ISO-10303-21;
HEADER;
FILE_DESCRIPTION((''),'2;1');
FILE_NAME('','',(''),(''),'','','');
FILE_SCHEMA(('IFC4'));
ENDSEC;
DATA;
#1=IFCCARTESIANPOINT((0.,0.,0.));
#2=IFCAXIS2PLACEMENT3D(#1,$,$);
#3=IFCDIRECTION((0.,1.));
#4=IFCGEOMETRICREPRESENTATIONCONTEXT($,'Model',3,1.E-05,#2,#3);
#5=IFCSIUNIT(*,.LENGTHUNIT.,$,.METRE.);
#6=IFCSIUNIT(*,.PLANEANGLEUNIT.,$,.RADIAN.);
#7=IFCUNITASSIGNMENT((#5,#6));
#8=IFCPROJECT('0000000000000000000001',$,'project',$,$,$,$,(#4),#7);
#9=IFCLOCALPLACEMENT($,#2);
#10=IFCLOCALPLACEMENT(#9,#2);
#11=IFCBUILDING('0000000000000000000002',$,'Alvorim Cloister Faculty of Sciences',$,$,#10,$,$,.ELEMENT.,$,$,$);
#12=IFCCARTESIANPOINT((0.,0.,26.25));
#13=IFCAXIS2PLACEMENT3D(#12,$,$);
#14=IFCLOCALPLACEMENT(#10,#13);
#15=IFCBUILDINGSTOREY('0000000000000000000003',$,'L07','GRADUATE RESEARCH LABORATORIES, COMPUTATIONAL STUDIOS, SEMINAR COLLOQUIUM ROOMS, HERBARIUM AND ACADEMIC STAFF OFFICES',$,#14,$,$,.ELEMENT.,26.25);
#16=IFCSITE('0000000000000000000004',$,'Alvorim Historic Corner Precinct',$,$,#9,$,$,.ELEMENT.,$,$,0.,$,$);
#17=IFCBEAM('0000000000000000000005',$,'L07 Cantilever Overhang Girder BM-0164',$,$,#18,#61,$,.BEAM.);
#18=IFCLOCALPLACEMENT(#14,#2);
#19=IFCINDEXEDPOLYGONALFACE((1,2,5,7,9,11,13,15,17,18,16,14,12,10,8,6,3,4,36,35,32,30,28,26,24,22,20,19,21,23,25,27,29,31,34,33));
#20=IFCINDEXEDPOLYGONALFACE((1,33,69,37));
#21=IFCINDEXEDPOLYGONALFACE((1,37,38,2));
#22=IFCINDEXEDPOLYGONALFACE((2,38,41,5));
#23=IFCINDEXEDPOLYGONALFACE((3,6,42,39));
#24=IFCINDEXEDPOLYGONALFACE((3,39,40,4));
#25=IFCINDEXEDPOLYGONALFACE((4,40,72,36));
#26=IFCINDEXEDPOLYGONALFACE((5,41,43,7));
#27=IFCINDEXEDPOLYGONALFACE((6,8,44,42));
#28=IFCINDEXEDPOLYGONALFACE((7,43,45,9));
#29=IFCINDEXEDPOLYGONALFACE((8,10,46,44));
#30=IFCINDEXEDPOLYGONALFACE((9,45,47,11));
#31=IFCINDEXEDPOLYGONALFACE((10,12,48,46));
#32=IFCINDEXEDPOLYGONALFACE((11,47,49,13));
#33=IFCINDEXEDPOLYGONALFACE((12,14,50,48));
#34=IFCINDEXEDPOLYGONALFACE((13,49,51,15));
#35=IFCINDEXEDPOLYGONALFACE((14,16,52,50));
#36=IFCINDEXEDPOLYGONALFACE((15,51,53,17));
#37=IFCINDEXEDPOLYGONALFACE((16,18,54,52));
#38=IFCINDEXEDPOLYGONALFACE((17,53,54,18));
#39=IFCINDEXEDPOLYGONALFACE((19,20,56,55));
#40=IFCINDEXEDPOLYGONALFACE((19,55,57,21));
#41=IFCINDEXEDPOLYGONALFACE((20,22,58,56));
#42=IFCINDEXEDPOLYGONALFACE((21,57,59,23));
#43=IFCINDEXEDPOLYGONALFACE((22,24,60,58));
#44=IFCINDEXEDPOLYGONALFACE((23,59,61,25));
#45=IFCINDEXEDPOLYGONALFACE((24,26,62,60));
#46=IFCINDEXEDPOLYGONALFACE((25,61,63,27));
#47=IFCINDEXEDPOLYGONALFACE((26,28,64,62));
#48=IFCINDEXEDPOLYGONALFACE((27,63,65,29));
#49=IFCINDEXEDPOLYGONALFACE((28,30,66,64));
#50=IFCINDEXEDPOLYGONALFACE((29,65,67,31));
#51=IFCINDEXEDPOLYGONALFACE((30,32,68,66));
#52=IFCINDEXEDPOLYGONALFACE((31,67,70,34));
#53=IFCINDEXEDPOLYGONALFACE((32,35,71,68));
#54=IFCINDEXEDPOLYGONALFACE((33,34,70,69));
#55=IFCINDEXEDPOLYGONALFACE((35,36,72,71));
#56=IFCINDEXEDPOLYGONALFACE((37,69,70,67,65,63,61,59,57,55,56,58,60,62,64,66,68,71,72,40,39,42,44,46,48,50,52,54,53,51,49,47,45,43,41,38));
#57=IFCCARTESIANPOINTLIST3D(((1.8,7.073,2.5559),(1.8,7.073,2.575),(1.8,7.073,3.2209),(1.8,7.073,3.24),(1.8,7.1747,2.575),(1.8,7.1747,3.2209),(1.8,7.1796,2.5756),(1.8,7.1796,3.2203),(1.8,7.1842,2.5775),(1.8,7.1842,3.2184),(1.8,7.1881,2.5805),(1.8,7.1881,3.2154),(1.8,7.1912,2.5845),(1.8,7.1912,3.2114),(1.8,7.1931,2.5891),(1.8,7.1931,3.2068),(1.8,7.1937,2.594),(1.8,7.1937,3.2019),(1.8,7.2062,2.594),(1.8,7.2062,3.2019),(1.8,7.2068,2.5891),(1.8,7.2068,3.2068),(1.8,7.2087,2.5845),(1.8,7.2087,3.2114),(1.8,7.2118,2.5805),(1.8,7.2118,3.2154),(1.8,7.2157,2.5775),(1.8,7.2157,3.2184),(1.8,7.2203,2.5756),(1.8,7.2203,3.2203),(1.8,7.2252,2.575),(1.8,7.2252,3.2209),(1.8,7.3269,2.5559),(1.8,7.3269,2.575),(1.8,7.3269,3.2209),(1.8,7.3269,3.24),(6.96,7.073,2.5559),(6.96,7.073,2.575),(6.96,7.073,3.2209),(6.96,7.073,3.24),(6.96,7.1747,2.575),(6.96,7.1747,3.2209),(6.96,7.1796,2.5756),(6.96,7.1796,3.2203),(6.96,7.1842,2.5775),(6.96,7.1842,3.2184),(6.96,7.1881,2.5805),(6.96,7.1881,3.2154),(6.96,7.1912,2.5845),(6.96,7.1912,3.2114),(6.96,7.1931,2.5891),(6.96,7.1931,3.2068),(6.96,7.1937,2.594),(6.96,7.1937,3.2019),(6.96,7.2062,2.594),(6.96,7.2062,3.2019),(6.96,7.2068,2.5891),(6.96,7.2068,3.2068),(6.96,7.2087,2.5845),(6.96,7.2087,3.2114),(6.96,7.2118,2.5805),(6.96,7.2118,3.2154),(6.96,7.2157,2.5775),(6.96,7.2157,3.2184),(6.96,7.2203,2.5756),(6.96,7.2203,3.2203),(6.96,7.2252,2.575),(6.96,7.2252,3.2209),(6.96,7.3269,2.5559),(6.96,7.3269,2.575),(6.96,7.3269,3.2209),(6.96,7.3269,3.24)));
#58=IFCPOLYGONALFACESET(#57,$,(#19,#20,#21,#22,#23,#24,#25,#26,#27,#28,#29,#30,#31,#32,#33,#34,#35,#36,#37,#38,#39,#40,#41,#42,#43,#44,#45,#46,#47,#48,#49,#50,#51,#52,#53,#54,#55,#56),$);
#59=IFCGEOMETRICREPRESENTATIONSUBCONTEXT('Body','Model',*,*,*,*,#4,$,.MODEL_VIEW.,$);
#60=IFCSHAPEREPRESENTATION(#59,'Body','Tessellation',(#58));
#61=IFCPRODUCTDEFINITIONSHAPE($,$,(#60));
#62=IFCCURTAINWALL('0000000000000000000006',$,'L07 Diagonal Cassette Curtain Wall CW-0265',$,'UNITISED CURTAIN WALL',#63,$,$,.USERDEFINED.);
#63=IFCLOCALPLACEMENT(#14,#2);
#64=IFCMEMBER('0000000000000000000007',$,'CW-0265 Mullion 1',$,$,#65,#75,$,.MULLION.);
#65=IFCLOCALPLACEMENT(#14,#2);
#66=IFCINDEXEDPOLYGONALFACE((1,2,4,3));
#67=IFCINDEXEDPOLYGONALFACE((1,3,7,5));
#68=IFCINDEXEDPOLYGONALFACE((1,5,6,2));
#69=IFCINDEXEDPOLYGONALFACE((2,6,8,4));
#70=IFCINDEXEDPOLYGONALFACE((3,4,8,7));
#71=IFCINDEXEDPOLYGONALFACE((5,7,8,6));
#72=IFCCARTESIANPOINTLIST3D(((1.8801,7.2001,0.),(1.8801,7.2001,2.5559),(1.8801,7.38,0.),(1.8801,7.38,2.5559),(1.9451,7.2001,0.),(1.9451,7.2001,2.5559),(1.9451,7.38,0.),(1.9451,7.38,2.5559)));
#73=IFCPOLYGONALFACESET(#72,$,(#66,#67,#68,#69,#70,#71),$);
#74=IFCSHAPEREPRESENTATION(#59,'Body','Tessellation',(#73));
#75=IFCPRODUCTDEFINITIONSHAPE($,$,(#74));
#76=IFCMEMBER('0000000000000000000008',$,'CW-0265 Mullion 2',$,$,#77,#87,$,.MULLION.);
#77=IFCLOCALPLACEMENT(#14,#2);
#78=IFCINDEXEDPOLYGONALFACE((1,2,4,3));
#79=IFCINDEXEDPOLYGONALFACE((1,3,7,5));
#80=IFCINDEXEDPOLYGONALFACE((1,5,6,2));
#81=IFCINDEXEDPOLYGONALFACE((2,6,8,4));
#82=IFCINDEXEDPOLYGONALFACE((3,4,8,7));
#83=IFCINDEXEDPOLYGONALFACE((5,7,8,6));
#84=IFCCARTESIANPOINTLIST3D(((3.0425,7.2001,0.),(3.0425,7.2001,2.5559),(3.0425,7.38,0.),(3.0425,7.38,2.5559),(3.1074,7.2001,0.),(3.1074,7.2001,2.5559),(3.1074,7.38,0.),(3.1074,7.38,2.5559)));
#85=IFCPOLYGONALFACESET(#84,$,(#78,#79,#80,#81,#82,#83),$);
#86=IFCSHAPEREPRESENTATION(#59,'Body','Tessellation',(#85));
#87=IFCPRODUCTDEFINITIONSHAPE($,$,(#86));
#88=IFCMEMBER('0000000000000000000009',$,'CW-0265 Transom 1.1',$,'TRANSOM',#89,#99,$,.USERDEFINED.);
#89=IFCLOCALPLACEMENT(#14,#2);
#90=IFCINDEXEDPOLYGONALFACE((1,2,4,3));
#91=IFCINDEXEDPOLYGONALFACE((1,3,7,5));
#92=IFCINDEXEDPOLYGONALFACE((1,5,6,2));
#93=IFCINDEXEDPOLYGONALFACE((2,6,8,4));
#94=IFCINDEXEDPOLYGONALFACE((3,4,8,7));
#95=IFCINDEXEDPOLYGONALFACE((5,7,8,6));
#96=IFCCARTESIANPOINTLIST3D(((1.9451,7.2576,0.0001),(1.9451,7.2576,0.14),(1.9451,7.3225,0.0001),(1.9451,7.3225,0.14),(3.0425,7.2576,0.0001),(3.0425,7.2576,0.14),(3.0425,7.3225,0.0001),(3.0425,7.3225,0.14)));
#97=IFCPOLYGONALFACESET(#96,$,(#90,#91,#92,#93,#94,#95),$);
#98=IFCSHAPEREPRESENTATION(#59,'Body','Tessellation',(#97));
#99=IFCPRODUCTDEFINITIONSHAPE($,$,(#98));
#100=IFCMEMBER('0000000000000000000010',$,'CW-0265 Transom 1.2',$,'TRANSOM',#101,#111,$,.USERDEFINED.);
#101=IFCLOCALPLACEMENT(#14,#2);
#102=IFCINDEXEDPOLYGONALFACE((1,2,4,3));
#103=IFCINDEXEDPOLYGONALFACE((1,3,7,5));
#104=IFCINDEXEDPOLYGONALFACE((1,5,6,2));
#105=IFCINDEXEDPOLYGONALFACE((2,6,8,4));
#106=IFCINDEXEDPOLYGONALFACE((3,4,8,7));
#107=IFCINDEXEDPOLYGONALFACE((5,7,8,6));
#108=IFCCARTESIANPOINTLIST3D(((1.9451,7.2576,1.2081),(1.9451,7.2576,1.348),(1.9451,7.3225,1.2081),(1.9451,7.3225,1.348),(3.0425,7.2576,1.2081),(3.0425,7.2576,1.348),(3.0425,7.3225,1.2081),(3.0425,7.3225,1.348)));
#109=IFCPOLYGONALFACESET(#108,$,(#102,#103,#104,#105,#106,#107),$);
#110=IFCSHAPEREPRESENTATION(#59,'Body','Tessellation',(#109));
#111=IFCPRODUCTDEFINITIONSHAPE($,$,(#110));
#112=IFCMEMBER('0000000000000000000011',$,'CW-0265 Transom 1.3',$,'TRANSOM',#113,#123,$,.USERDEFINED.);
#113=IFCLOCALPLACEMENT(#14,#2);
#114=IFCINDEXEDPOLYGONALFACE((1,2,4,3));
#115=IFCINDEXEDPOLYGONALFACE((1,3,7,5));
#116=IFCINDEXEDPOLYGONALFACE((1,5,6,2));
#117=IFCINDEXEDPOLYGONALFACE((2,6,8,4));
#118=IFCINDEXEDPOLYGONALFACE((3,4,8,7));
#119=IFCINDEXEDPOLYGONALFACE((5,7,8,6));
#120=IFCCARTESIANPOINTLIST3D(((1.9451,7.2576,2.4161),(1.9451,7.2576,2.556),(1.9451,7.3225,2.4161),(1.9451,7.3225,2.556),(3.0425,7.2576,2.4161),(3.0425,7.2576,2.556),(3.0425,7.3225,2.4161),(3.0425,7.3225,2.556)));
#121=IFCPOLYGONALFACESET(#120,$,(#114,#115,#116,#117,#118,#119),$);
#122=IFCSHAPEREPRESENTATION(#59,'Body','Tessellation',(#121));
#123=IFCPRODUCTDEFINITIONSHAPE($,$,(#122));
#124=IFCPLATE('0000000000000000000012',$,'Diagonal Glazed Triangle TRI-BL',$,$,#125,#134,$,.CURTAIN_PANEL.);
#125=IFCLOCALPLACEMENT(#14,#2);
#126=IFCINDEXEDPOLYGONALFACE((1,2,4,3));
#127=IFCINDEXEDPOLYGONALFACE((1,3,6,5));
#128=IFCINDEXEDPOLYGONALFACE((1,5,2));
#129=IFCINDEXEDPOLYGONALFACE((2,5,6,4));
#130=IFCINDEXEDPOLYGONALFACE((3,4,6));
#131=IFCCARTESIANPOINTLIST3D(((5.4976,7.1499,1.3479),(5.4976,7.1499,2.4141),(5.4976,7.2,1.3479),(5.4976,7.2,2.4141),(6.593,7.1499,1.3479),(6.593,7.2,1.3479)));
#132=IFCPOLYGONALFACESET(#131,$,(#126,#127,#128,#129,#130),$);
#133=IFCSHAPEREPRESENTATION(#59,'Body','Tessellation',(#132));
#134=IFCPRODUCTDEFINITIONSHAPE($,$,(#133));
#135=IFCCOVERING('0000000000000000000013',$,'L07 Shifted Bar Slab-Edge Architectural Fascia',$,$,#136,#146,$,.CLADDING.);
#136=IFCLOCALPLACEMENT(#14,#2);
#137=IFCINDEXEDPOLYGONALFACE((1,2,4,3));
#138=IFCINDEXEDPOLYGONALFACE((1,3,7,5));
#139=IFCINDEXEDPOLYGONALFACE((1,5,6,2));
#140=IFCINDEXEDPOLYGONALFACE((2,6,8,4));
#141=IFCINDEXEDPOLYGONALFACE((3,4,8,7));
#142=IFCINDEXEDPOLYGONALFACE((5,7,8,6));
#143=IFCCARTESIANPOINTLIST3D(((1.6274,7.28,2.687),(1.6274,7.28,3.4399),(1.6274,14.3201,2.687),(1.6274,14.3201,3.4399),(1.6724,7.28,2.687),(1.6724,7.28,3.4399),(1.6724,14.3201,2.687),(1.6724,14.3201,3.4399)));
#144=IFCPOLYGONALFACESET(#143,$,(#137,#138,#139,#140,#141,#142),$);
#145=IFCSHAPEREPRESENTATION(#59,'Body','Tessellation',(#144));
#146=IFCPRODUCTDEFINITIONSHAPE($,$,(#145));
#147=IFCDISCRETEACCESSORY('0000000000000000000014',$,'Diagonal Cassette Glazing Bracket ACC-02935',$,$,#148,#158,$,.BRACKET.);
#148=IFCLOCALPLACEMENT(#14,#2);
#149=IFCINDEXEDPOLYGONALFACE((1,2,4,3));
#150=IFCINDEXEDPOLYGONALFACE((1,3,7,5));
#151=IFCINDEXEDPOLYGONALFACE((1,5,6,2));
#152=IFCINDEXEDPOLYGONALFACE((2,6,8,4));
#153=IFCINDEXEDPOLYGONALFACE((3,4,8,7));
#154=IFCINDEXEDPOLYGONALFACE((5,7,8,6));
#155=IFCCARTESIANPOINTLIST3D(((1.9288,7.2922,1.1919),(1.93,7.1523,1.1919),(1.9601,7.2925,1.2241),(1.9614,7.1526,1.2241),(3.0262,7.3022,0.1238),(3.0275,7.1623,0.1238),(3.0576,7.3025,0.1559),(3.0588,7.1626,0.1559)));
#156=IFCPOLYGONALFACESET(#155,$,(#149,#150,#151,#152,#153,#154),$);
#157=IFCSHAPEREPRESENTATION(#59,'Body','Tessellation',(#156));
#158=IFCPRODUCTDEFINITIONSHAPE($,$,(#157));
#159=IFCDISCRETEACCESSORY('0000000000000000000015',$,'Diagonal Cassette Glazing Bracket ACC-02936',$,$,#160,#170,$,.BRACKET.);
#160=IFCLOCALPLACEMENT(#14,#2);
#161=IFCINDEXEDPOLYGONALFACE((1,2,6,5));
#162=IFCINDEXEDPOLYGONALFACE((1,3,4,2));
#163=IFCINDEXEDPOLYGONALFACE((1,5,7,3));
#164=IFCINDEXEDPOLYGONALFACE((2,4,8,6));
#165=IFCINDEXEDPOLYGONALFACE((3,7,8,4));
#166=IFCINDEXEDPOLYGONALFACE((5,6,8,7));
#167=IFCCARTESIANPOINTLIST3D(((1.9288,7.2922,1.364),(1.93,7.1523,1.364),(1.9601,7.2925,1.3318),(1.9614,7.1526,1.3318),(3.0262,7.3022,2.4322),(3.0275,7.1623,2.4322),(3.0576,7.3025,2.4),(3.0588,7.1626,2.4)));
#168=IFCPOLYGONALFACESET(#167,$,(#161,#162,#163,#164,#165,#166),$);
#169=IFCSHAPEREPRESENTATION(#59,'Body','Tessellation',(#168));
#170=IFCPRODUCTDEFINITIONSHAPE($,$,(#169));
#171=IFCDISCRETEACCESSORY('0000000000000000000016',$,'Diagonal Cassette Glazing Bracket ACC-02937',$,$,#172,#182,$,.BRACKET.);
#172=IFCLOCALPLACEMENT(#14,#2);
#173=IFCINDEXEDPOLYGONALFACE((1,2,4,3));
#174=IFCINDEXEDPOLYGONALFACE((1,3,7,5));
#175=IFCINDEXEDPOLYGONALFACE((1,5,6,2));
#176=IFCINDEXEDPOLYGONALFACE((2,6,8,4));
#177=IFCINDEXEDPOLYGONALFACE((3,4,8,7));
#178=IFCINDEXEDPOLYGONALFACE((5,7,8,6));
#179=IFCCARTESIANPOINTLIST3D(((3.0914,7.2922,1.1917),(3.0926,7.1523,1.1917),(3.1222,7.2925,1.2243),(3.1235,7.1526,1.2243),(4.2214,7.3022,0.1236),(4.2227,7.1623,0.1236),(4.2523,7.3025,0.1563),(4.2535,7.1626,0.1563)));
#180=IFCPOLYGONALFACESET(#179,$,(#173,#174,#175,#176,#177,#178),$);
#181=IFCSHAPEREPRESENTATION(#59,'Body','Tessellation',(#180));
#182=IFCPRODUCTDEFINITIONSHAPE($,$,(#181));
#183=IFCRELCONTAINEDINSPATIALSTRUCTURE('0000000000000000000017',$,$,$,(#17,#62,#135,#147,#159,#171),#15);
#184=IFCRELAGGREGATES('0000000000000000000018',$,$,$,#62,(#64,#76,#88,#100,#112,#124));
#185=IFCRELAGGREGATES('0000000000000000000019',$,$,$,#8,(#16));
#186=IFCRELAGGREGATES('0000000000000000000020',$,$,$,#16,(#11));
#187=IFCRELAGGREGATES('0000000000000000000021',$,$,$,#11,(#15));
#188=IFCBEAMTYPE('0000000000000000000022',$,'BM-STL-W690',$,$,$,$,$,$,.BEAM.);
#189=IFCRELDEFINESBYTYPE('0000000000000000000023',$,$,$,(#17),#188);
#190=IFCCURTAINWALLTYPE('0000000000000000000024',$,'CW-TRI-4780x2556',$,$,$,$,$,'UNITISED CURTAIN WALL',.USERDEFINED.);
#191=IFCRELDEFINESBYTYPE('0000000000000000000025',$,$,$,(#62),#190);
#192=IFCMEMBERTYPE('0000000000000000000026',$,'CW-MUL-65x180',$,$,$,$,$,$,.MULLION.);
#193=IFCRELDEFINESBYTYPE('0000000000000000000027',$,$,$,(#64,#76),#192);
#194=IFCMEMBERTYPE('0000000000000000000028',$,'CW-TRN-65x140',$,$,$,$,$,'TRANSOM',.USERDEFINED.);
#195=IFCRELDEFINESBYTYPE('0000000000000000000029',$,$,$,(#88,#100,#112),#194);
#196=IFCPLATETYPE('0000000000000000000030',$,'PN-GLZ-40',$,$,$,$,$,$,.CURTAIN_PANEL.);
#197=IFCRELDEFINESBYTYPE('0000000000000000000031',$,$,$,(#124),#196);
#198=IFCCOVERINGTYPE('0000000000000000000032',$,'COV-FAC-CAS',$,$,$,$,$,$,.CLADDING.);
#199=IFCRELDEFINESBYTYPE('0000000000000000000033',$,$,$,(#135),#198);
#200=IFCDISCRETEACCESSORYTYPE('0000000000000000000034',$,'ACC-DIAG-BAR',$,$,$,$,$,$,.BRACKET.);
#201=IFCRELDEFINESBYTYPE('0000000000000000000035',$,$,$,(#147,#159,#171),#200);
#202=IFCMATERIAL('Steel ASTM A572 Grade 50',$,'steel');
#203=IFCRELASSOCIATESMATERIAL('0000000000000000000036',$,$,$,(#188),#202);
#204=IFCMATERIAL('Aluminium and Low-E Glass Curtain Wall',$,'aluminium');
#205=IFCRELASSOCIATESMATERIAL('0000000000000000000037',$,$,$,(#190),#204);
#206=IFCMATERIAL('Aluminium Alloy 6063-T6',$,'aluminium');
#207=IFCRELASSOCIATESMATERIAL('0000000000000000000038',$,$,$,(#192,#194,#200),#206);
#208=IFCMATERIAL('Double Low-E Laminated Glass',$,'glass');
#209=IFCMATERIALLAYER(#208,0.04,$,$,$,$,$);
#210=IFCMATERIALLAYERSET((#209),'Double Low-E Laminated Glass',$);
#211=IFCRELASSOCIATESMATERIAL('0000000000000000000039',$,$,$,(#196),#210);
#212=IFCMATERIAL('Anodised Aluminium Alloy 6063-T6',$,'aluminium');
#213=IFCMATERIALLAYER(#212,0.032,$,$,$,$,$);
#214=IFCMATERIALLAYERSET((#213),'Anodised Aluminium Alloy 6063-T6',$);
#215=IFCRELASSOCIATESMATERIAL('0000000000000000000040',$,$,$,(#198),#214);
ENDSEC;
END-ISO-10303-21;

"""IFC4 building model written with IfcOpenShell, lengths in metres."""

from ifc_helpers import new_model, si_unit, direction, frame, origin, origin_2d, place, context, subcontext, project, spatial, polyline, rectangle, i_section, outline, extrude, material, layer, layer_set, material_profile, profile_set, type_object, element, aggregate, save


model = new_model("IFC4")

# Units and contexts
model_context = context("Model", 3, precision=1e-05, world=origin(), true_north=direction((0.0, 1.0)))
body_context = subcontext(model_context, "Body", "Model", "MODEL_VIEW")
ifc_project = project(units=[si_unit("LENGTHUNIT", "METRE"), si_unit("PLANEANGLEUNIT", "RADIAN")], contexts=[model_context])

# Site, building, storey
site_placement = place(None, origin())
site = spatial("IfcSite", under=ifc_project, at=site_placement, Name="Alvorim Historic Corner Precinct", CompositionType="ELEMENT", RefElevation=0.0)
building_placement = place(site_placement, origin())
building = spatial("IfcBuilding", under=site, at=building_placement, Name="Alvorim Cloister Faculty of Sciences", CompositionType="ELEMENT")
storey_placement = place(building_placement, frame((0.0, 0.0, 26.25)))
storey = spatial("IfcBuildingStorey", under=building, at=storey_placement, Name="L07", Description="GRADUATE RESEARCH LABORATORIES, COMPUTATIONAL STUDIOS, SEMINAR COLLOQUIUM ROOMS, HERBARIUM AND ACADEMIC STAFF OFFICES", CompositionType="ELEMENT", Elevation=26.25)

# Beam
ifc_material_1 = material(Name="Steel ASTM A572 Grade 50", Category="steel")
ifc_material_profile_1 = material_profile(ifc_material_1, i_section(OverallWidth=0.2539, OverallDepth=0.6841, WebThickness=0.0125, FlangeThickness=0.019, FilletRadius=0.019, at=origin_2d()), Name="W690x140.0")
ifc_profile_set_1 = profile_set([ifc_material_profile_1], Name="Steel ASTM A572 Grade 50")
beam_type = type_object("IfcBeamType", Name="BM-STL-W690", PredefinedType="BEAM", material=ifc_profile_set_1)
beam_placement = place(storey_placement, frame((1.8, 7.2, 2.8979), z_axis=(1.0, 0.0, 0.0), x_axis=(0.0, 1.0, 0.0)))
element("IfcBeam", 1, at=beam_placement, inside=storey, type_object=beam_type, Name="L07 Cantilever Overhang Girder BM-0164", PredefinedType="BEAM", context=body_context, shape_type="SweptSolid", body=[
    extrude(i_section(OverallWidth=0.2539, OverallDepth=0.6841, WebThickness=0.0125, FlangeThickness=0.019, FilletRadius=0.019, at=origin_2d()), origin(), (0.0, 0.0, 1.0), 5.1599),
])

# Curtain wall, members, plate
ifc_material_2 = material(Name="Aluminium and Low-E Glass Curtain Wall", Category="aluminium")
curtain_wall_type = type_object("IfcCurtainWallType", Name="CW-TRI-4780x2556", ElementType="UNITISED CURTAIN WALL", PredefinedType="USERDEFINED", material=ifc_material_2)
curtain_wall_placement = place(storey_placement, origin())
curtain_wall = element("IfcCurtainWall", 2, at=curtain_wall_placement, inside=storey, type_object=curtain_wall_type, Name="L07 Diagonal Cassette Curtain Wall CW-0265", ObjectType="UNITISED CURTAIN WALL", PredefinedType="USERDEFINED")
ifc_material_3 = material(Name="Aluminium Alloy 6063-T6", Category="aluminium")
ifc_material_profile_2 = material_profile(ifc_material_3, rectangle(XDim=0.0649, YDim=0.1799, at=origin_2d()), Name="ALU-MUL-65x180")
ifc_profile_set_2 = profile_set([ifc_material_profile_2], Name="Aluminium Alloy 6063-T6")
member_type_1 = type_object("IfcMemberType", Name="CW-MUL-65x180", PredefinedType="MULLION", material=ifc_profile_set_2)
member_1_placement = place(storey_placement, frame((1.9126, 7.29, 0.0), z_axis=(0.0, 0.0, 1.0), x_axis=(1.0, 0.0, 0.0)))
member_1 = element("IfcMember", 3, at=member_1_placement, type_object=member_type_1, Name="CW-0265 Mullion 1", PredefinedType="MULLION", context=body_context, shape_type="SweptSolid", body=[
    extrude(rectangle(XDim=0.0649, YDim=0.1799, at=origin_2d()), origin(), (0.0, 0.0, 1.0), 2.5559),
])
member_2_placement = place(storey_placement, frame((3.075, 7.29, 0.0), z_axis=(0.0, 0.0, 1.0), x_axis=(1.0, 0.0, 0.0)))
member_2 = element("IfcMember", 4, at=member_2_placement, type_object=member_type_1, Name="CW-0265 Mullion 2", PredefinedType="MULLION", context=body_context, shape_type="SweptSolid", body=[
    extrude(rectangle(XDim=0.0649, YDim=0.1799, at=origin_2d()), origin(), (0.0, 0.0, 1.0), 2.5559),
])
ifc_material_profile_3 = material_profile(ifc_material_3, rectangle(XDim=0.0649, YDim=0.1399, at=origin_2d()), Name="ALU-TRN-65x140")
ifc_profile_set_3 = profile_set([ifc_material_profile_3], Name="Aluminium Alloy 6063-T6")
member_type_2 = type_object("IfcMemberType", Name="CW-TRN-65x140", ElementType="TRANSOM", PredefinedType="USERDEFINED", material=ifc_profile_set_3)
member_3_placement = place(storey_placement, frame((1.9451, 7.29, 0.0701), z_axis=(1.0, 0.0, 0.0), x_axis=(0.0, 1.0, 0.0)))
member_3 = element("IfcMember", 5, at=member_3_placement, type_object=member_type_2, Name="CW-0265 Transom 1.1", ObjectType="TRANSOM", PredefinedType="USERDEFINED", context=body_context, shape_type="SweptSolid", body=[
    extrude(rectangle(XDim=0.0649, YDim=0.1399, at=origin_2d()), origin(), (0.0, 0.0, 1.0), 1.0974),
])
member_4_placement = place(storey_placement, frame((1.9451, 7.29, 1.2781), z_axis=(1.0, 0.0, 0.0), x_axis=(0.0, 1.0, 0.0)))
member_4 = element("IfcMember", 6, at=member_4_placement, type_object=member_type_2, Name="CW-0265 Transom 1.2", ObjectType="TRANSOM", PredefinedType="USERDEFINED", context=body_context, shape_type="SweptSolid", body=[
    extrude(rectangle(XDim=0.0649, YDim=0.1399, at=origin_2d()), origin(), (0.0, 0.0, 1.0), 1.0974),
])
member_5_placement = place(storey_placement, frame((1.9451, 7.29, 2.4861), z_axis=(1.0, 0.0, 0.0), x_axis=(0.0, 1.0, 0.0)))
member_5 = element("IfcMember", 7, at=member_5_placement, type_object=member_type_2, Name="CW-0265 Transom 1.3", ObjectType="TRANSOM", PredefinedType="USERDEFINED", context=body_context, shape_type="SweptSolid", body=[
    extrude(rectangle(XDim=0.0649, YDim=0.1399, at=origin_2d()), origin(), (0.0, 0.0, 1.0), 1.0974),
])
ifc_material_4 = material(Name="Double Low-E Laminated Glass", Category="glass")
ifc_layer_1 = layer(ifc_material_4, 0.04)
ifc_layer_set_1 = layer_set([ifc_layer_1], Name="Double Low-E Laminated Glass")
plate_type = type_object("IfcPlateType", Name="PN-GLZ-40", PredefinedType="CURTAIN_PANEL", material=ifc_layer_set_1)
plate_1_placement = place(storey_placement, frame((5.4976, 7.175, 1.3479), z_axis=(0.0, 0.0, 1.0), x_axis=(1.0, 0.0, 0.0)))
plate_1 = element("IfcPlate", 8, at=plate_1_placement, type_object=plate_type, Name="Diagonal Glazed Triangle TRI-BL", PredefinedType="CURTAIN_PANEL", context=body_context, shape_type="SweptSolid", body=[
    extrude(outline(polyline([(0.0, 0.0), (1.0955, 0.0), (0.0, 1.0662), (0.0, 0.0)])), frame((0.0, 0.0249, 0.0), z_axis=(0.0, -1.0, 0.0), x_axis=(1.0, 0.0, 0.0)), (0.0, 0.0, 1.0), 0.05),
])
aggregate(curtain_wall, [member_1, member_2, member_3, member_4, member_5, plate_1])

# Covering
ifc_material_5 = material(Name="Anodised Aluminium Alloy 6063-T6", Category="aluminium")
ifc_layer_2 = layer(ifc_material_5, 0.032)
ifc_layer_set_2 = layer_set([ifc_layer_2], Name="Anodised Aluminium Alloy 6063-T6")
covering_type = type_object("IfcCoveringType", Name="COV-FAC-CAS", PredefinedType="CLADDING", material=ifc_layer_set_2)
covering_placement = place(storey_placement, frame((1.6499, 7.28, 2.687), z_axis=(0.0, 0.0, 1.0), x_axis=(0.0, 1.0, 0.0)))
element("IfcCovering", 9, at=covering_placement, inside=storey, type_object=covering_type, Name="L07 Shifted Bar Slab-Edge Architectural Fascia", PredefinedType="CLADDING", context=body_context, shape_type="SweptSolid", body=[
    extrude(outline(polyline([(0.0, 0.0), (7.04, 0.0), (7.04, 0.7529), (0.0, 0.7529), (0.0, 0.0)])), frame((0.0, 0.0225, 0.0), z_axis=(0.0, -1.0, 0.0), x_axis=(1.0, 0.0, 0.0)), (0.0, 0.0, 1.0), 0.0449),
])

# Discrete accessories
discrete_accessory_type = type_object("IfcDiscreteAccessoryType", Name="ACC-DIAG-BAR", PredefinedType="BRACKET", material=ifc_material_3)
for number, where, z_axis, x_axis, name in (
    (10, (1.9451, 7.2224, 1.208), (0.716592, 0.006536, -0.697462), (-0.009121, 0.999958, 0.0), "Diagonal Cassette Glazing Bracket ACC-02935"),
    (11, (1.9451, 7.2224, 1.3479), (0.716592, 0.006536, 0.697462), (-0.009121, 0.999958, 0.0), "Diagonal Cassette Glazing Bracket ACC-02936"),
):
    element("IfcDiscreteAccessory", number, at=place(storey_placement, frame(where, z_axis=z_axis, x_axis=x_axis)), inside=storey, type_object=discrete_accessory_type, Name=name, PredefinedType="BRACKET", context=body_context, shape_type="SweptSolid", body=[
        extrude(rectangle(XDim=0.1399, YDim=0.0449, at=origin_2d()), origin(), (0.0, 0.0, 1.0), 1.5315),
    ])
for number, where, z_axis, x_axis, name in (
    (12, (3.1074, 7.2224, 1.208), (0.72675, 0.006437, -0.686872), (-0.008857, 0.999961, 0.0), "Diagonal Cassette Glazing Bracket ACC-02937"),
):
    element("IfcDiscreteAccessory", number, at=place(storey_placement, frame(where, z_axis=z_axis, x_axis=x_axis)), inside=storey, type_object=discrete_accessory_type, Name=name, PredefinedType="BRACKET", context=body_context, shape_type="SweptSolid", body=[
        extrude(rectangle(XDim=0.1399, YDim=0.0449, at=origin_2d()), origin(), (0.0, 0.0, 1.0), 1.5549),
    ])

save(model, "model.ifc")
